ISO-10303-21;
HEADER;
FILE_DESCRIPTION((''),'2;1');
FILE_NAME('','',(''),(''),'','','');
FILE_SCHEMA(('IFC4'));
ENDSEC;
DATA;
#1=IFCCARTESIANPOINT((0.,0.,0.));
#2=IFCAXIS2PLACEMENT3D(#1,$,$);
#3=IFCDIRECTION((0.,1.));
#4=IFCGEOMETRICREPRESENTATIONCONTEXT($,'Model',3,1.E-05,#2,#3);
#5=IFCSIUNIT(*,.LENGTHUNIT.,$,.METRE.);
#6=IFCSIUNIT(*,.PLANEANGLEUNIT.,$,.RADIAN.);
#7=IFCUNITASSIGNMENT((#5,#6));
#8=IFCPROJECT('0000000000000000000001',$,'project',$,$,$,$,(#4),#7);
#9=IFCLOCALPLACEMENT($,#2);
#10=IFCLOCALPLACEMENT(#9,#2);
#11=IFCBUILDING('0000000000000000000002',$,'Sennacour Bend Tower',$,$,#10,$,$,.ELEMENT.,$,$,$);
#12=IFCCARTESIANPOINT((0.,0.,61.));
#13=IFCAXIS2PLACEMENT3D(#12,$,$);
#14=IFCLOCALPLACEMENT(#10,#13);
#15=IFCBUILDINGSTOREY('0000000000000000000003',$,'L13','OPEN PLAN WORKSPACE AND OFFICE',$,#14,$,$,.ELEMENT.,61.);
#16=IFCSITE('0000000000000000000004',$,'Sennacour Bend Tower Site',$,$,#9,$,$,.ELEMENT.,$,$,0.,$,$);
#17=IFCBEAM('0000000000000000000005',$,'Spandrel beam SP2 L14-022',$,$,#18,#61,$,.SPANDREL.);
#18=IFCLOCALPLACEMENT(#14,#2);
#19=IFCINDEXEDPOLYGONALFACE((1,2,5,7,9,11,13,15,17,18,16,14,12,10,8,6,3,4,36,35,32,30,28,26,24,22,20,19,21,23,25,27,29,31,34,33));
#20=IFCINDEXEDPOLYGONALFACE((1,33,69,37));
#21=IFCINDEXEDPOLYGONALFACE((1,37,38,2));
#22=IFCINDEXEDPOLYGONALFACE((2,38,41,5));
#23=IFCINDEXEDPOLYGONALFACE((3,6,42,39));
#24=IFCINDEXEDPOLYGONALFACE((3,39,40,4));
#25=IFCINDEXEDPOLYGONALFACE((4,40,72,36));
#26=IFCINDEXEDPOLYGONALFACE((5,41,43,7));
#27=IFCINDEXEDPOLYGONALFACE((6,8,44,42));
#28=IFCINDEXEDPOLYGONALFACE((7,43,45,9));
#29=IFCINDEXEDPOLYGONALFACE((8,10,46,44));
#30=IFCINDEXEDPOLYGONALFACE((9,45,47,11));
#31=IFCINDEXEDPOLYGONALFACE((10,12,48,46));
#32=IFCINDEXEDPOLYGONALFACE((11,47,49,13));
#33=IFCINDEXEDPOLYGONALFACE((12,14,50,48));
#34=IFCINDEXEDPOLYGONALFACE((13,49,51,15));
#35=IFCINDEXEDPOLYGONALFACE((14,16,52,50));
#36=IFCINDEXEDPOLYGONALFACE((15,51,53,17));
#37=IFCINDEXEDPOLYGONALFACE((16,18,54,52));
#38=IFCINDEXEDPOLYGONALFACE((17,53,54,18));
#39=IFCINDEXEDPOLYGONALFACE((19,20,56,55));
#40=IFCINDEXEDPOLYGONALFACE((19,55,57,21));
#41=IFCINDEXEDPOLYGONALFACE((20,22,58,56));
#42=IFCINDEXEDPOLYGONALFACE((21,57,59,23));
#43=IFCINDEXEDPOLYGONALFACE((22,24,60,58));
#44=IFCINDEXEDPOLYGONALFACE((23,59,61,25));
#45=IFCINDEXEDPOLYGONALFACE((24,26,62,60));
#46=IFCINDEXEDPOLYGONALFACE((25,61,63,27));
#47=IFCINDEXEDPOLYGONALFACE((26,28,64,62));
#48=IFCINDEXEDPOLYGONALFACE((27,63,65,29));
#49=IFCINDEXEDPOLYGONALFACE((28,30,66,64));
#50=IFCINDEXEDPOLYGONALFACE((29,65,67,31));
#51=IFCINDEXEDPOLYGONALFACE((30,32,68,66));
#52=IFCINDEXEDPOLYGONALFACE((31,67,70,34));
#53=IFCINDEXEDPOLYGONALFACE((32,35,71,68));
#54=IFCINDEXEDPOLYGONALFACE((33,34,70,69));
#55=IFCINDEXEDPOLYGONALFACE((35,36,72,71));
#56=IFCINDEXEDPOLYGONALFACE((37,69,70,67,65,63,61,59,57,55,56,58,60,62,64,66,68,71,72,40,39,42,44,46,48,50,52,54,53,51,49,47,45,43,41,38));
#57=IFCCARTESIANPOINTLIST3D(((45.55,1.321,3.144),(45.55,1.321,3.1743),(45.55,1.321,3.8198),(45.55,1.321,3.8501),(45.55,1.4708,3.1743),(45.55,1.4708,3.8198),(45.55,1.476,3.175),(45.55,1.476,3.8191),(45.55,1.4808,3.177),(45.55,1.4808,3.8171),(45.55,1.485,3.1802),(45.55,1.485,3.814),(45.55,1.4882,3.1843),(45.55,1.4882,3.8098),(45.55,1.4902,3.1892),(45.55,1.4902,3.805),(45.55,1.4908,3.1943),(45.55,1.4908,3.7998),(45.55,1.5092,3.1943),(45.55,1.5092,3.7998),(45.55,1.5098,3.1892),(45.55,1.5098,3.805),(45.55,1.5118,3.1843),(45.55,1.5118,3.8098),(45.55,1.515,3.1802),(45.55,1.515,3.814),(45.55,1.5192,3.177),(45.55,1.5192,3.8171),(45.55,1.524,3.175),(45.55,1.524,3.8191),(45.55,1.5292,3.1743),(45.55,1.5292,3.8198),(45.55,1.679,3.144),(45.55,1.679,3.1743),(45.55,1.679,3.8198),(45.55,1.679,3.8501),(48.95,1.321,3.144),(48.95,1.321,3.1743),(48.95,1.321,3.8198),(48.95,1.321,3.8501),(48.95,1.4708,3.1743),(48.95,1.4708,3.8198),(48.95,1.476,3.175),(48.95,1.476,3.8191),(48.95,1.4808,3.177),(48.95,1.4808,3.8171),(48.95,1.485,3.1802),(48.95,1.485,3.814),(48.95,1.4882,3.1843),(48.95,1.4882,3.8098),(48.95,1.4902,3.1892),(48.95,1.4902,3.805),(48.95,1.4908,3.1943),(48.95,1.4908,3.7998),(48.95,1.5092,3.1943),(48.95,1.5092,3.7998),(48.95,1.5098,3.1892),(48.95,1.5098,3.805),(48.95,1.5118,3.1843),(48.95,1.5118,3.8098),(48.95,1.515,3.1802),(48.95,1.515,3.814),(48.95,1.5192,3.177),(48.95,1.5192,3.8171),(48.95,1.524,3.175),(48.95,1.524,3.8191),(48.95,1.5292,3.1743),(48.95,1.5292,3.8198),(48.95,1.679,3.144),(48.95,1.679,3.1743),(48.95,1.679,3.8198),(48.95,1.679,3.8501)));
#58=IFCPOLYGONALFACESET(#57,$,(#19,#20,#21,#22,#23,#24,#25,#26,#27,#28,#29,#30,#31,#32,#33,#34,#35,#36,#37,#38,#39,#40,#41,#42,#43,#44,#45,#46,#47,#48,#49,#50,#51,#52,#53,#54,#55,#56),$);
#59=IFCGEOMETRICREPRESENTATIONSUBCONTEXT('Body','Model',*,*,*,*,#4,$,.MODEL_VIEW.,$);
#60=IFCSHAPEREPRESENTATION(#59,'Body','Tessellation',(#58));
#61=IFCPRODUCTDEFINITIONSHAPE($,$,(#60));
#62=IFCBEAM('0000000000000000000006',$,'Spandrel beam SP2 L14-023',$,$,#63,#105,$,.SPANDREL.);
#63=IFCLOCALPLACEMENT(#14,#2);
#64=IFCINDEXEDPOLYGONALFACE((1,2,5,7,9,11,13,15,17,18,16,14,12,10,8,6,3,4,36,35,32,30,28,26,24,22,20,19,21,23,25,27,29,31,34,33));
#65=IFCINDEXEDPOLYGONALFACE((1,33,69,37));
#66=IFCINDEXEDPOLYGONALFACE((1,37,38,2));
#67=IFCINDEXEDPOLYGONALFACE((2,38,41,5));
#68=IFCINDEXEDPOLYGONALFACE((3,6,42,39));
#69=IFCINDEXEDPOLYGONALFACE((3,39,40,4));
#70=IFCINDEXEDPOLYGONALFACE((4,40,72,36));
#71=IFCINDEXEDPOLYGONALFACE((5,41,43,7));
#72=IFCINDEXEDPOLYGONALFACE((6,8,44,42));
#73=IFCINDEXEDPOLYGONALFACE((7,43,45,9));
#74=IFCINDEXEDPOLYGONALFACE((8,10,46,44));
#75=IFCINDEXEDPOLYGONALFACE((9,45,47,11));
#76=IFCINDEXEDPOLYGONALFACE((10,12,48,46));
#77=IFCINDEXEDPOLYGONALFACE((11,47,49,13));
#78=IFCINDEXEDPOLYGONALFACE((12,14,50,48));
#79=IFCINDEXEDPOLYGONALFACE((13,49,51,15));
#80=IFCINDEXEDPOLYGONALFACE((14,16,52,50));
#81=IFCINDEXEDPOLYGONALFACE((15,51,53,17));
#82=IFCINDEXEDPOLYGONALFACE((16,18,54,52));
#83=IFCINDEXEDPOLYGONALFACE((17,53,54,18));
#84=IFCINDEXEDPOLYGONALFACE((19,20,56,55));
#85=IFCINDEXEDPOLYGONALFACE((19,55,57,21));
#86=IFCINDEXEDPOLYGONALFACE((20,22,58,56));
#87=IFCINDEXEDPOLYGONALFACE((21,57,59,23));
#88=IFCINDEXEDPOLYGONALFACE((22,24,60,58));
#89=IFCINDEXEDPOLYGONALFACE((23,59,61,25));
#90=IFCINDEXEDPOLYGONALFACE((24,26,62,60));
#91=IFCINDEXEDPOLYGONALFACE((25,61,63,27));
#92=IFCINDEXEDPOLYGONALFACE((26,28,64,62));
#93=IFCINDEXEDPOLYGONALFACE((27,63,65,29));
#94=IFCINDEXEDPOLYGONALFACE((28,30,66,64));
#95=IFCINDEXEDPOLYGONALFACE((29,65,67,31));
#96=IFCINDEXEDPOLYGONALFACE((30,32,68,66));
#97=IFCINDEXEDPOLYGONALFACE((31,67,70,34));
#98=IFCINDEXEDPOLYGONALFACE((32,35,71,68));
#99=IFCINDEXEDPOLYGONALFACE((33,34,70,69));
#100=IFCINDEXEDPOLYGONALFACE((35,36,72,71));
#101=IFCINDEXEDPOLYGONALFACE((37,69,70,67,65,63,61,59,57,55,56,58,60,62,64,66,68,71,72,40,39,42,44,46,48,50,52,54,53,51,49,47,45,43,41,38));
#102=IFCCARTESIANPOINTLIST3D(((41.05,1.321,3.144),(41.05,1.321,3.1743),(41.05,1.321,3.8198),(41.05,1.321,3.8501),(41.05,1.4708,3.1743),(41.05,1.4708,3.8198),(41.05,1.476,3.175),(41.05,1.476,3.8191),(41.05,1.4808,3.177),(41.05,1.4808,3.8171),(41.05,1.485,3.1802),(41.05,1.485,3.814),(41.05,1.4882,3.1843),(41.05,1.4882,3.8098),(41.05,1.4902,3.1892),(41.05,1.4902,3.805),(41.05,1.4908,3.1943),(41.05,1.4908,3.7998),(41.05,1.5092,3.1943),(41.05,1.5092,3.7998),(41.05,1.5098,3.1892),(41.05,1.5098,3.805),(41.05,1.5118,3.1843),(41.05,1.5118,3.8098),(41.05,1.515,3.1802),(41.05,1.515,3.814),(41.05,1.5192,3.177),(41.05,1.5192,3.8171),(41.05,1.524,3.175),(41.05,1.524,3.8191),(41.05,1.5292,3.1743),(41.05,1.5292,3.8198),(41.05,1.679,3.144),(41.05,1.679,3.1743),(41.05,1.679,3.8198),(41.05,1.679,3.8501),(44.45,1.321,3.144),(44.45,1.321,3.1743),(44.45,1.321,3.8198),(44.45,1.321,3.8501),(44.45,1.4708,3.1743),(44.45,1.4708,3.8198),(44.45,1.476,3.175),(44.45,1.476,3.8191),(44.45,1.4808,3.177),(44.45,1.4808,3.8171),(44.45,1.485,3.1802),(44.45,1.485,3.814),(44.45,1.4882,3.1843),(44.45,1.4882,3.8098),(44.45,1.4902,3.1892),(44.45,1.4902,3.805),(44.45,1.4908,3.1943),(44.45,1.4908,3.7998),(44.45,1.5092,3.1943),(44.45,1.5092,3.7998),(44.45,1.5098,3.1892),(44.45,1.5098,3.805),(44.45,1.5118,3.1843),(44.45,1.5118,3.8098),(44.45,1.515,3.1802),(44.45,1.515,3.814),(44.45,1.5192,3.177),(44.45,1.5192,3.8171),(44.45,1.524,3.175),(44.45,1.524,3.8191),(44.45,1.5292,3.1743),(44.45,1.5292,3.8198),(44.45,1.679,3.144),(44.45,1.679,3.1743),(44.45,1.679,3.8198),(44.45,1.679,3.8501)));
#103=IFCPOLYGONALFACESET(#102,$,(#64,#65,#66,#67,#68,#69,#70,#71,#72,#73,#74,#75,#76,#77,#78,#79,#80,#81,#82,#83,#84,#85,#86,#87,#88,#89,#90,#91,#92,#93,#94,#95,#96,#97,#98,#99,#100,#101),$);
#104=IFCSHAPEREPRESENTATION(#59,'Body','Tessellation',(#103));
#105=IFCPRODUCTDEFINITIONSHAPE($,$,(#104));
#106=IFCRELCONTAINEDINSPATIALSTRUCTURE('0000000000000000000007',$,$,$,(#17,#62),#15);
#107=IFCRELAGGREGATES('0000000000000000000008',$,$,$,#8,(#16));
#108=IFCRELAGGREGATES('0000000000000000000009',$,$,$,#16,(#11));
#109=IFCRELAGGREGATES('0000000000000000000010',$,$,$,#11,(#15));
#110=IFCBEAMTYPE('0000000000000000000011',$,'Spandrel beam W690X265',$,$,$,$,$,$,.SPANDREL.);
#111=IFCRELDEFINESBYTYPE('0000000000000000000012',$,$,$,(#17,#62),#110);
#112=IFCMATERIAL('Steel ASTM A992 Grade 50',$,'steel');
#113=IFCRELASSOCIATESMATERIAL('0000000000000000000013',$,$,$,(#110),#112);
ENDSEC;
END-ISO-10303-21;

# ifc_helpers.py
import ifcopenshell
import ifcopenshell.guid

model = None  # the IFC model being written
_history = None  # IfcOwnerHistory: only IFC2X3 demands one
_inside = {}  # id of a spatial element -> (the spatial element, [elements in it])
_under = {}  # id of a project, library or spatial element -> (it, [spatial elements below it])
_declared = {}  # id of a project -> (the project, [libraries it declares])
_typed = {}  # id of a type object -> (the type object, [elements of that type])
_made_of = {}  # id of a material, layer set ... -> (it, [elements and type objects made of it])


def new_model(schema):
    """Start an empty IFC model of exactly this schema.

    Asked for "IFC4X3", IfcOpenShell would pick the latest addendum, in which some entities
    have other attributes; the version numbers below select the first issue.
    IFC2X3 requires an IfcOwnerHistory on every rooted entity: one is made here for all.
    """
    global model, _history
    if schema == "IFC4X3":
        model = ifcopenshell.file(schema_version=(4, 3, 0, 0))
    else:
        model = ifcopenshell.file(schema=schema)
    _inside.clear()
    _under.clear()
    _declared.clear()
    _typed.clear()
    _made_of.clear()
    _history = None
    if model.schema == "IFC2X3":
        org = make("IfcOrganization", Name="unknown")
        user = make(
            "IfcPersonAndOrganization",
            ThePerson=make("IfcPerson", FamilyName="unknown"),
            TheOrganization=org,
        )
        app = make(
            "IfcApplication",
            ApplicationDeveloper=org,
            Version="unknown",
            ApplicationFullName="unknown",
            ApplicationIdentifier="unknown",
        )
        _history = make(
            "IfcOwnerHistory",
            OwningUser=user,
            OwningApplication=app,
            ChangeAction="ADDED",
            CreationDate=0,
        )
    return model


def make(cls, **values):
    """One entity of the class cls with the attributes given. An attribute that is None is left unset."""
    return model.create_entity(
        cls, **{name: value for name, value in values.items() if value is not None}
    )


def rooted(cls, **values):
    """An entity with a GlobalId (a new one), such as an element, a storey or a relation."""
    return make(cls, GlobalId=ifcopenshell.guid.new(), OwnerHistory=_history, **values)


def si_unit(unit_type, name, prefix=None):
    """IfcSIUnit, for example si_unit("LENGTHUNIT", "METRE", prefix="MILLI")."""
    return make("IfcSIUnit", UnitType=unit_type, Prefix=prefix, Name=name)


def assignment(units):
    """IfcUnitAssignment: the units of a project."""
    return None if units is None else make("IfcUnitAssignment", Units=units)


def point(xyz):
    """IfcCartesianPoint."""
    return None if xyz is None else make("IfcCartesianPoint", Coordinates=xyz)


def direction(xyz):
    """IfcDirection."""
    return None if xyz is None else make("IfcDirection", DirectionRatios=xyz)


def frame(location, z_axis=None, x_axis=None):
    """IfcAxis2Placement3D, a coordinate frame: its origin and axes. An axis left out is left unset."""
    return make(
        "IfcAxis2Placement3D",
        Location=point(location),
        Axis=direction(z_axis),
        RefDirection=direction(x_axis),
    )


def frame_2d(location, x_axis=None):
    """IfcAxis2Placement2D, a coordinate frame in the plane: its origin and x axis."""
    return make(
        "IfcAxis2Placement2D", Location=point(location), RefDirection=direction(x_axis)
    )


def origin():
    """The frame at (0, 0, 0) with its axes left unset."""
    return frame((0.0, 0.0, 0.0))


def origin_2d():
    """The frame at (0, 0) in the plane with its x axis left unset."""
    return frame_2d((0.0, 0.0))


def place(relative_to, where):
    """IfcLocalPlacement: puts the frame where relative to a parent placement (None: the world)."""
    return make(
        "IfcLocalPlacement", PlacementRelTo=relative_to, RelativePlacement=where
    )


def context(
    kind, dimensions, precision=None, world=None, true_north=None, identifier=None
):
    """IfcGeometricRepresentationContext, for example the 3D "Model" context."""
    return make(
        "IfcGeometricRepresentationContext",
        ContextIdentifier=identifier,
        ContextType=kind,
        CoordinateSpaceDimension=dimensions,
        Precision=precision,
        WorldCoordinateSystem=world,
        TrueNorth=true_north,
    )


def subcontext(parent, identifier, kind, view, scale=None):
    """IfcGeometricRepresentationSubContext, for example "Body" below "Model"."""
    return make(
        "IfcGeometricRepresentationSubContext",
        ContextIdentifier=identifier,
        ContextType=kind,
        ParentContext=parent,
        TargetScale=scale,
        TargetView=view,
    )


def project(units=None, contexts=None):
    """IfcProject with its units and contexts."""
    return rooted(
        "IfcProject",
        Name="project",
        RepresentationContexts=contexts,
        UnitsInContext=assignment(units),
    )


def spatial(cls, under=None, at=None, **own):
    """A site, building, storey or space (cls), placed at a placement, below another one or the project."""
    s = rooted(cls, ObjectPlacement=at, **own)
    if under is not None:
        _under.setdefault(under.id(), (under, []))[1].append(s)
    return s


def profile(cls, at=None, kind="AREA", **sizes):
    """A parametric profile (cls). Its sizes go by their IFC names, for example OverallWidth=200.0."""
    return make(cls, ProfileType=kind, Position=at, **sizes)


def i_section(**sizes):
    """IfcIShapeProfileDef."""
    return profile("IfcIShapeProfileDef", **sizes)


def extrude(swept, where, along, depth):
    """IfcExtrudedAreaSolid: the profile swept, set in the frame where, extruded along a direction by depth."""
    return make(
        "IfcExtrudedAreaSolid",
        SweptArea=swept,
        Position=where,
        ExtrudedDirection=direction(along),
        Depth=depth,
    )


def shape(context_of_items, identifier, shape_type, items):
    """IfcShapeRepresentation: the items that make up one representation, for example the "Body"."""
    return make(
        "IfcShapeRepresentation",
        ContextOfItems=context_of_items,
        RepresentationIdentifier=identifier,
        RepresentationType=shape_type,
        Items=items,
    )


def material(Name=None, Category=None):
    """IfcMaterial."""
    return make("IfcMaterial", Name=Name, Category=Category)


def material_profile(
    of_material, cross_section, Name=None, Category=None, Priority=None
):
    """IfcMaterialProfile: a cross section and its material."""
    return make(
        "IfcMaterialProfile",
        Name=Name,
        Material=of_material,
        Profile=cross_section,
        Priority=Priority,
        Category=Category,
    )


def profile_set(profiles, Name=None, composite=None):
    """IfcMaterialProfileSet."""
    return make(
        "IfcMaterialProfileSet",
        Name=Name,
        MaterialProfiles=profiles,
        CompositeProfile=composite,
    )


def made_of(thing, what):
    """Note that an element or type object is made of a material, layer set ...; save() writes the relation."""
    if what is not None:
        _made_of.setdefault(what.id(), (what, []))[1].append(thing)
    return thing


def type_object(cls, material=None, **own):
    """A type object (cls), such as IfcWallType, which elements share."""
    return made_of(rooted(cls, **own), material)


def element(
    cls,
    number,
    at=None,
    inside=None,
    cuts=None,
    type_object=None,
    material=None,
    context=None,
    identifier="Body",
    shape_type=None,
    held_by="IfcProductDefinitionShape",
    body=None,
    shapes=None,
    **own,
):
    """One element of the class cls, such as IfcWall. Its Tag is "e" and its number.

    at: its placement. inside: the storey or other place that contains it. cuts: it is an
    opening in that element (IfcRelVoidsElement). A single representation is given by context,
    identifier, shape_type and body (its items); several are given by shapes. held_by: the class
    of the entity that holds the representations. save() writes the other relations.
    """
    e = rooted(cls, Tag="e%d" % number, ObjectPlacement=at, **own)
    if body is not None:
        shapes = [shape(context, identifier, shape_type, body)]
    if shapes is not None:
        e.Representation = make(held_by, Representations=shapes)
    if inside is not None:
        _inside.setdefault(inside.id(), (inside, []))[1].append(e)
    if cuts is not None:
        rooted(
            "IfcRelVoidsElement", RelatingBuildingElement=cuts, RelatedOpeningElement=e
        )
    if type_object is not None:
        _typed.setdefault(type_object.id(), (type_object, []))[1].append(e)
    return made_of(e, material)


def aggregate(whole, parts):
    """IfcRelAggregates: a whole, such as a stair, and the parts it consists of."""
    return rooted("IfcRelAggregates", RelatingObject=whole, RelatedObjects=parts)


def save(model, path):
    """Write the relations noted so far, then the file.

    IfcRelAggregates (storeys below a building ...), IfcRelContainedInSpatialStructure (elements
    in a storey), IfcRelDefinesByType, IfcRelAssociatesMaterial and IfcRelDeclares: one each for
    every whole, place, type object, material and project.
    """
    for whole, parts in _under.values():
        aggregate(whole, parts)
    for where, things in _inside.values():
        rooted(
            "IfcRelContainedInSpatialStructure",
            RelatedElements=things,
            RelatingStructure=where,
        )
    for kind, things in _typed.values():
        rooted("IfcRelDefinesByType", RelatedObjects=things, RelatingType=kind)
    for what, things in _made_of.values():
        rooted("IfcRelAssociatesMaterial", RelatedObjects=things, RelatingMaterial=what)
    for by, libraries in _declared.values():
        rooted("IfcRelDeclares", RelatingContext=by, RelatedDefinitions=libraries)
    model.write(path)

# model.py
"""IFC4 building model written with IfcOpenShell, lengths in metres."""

from ifc_helpers import new_model, si_unit, direction, frame, origin, origin_2d, place, context, subcontext, project, spatial, i_section, extrude, material, material_profile, profile_set, type_object, element, save


model = new_model("IFC4")

# Units and contexts
model_context = context("Model", 3, precision=1e-05, world=origin(), true_north=direction((0.0, 1.0)))
body_context = subcontext(model_context, "Body", "Model", "MODEL_VIEW")
ifc_project = project(units=[si_unit("LENGTHUNIT", "METRE"), si_unit("PLANEANGLEUNIT", "RADIAN")], contexts=[model_context])

# Site, building, storey
site_placement = place(None, origin())
site = spatial("IfcSite", under=ifc_project, at=site_placement, Name="Sennacour Bend Tower Site", CompositionType="ELEMENT", RefElevation=0.0)
building_placement = place(site_placement, origin())
building = spatial("IfcBuilding", under=site, at=building_placement, Name="Sennacour Bend Tower", CompositionType="ELEMENT")
storey_placement = place(building_placement, frame((0.0, 0.0, 61.0)))
storey = spatial("IfcBuildingStorey", under=building, at=storey_placement, Name="L13", Description="OPEN PLAN WORKSPACE AND OFFICE", CompositionType="ELEMENT", Elevation=61.0)

# Beams
ifc_material_1 = material(Name="Steel ASTM A992 Grade 50", Category="steel")
ifc_material_profile_1 = material_profile(ifc_material_1, i_section(OverallWidth=0.3579, OverallDepth=0.7061, WebThickness=0.0183, FlangeThickness=0.0303, FilletRadius=0.02, at=origin_2d()), Name="Steel ASTM A992 Grade 50", Category="steel")
ifc_profile_set_1 = profile_set([ifc_material_profile_1], Name="Steel ASTM A992 Grade 50")
beam_type_1 = type_object("IfcBeamType", Name="Spandrel beam W690X265", PredefinedType="SPANDREL", material=ifc_profile_set_1)
for number, where, z_axis, x_axis, name in (
    (1, (48.95, 1.5, 3.4971), (-1.0, 0.0, 0.0), (0.0, -1.0, 0.0), "Spandrel beam SP2 L14-022"),
    (2, (44.45, 1.5, 3.4971), (-1.0, 0.0, 0.0), (0.0, -1.0, 0.0), "Spandrel beam SP2 L14-023"),
):
    element("IfcBeam", number, at=place(storey_placement, frame(where, z_axis=z_axis, x_axis=x_axis)), inside=storey, type_object=beam_type_1, Name=name, PredefinedType="SPANDREL", context=body_context, shape_type="SweptSolid", body=[
        extrude(i_section(OverallWidth=0.3579, OverallDepth=0.7061, WebThickness=0.0183, FlangeThickness=0.0303, FilletRadius=0.02, at=origin_2d()), origin(), (0.0, 0.0, 1.0), 3.3999),
    ])

save(model, "model.ifc")
